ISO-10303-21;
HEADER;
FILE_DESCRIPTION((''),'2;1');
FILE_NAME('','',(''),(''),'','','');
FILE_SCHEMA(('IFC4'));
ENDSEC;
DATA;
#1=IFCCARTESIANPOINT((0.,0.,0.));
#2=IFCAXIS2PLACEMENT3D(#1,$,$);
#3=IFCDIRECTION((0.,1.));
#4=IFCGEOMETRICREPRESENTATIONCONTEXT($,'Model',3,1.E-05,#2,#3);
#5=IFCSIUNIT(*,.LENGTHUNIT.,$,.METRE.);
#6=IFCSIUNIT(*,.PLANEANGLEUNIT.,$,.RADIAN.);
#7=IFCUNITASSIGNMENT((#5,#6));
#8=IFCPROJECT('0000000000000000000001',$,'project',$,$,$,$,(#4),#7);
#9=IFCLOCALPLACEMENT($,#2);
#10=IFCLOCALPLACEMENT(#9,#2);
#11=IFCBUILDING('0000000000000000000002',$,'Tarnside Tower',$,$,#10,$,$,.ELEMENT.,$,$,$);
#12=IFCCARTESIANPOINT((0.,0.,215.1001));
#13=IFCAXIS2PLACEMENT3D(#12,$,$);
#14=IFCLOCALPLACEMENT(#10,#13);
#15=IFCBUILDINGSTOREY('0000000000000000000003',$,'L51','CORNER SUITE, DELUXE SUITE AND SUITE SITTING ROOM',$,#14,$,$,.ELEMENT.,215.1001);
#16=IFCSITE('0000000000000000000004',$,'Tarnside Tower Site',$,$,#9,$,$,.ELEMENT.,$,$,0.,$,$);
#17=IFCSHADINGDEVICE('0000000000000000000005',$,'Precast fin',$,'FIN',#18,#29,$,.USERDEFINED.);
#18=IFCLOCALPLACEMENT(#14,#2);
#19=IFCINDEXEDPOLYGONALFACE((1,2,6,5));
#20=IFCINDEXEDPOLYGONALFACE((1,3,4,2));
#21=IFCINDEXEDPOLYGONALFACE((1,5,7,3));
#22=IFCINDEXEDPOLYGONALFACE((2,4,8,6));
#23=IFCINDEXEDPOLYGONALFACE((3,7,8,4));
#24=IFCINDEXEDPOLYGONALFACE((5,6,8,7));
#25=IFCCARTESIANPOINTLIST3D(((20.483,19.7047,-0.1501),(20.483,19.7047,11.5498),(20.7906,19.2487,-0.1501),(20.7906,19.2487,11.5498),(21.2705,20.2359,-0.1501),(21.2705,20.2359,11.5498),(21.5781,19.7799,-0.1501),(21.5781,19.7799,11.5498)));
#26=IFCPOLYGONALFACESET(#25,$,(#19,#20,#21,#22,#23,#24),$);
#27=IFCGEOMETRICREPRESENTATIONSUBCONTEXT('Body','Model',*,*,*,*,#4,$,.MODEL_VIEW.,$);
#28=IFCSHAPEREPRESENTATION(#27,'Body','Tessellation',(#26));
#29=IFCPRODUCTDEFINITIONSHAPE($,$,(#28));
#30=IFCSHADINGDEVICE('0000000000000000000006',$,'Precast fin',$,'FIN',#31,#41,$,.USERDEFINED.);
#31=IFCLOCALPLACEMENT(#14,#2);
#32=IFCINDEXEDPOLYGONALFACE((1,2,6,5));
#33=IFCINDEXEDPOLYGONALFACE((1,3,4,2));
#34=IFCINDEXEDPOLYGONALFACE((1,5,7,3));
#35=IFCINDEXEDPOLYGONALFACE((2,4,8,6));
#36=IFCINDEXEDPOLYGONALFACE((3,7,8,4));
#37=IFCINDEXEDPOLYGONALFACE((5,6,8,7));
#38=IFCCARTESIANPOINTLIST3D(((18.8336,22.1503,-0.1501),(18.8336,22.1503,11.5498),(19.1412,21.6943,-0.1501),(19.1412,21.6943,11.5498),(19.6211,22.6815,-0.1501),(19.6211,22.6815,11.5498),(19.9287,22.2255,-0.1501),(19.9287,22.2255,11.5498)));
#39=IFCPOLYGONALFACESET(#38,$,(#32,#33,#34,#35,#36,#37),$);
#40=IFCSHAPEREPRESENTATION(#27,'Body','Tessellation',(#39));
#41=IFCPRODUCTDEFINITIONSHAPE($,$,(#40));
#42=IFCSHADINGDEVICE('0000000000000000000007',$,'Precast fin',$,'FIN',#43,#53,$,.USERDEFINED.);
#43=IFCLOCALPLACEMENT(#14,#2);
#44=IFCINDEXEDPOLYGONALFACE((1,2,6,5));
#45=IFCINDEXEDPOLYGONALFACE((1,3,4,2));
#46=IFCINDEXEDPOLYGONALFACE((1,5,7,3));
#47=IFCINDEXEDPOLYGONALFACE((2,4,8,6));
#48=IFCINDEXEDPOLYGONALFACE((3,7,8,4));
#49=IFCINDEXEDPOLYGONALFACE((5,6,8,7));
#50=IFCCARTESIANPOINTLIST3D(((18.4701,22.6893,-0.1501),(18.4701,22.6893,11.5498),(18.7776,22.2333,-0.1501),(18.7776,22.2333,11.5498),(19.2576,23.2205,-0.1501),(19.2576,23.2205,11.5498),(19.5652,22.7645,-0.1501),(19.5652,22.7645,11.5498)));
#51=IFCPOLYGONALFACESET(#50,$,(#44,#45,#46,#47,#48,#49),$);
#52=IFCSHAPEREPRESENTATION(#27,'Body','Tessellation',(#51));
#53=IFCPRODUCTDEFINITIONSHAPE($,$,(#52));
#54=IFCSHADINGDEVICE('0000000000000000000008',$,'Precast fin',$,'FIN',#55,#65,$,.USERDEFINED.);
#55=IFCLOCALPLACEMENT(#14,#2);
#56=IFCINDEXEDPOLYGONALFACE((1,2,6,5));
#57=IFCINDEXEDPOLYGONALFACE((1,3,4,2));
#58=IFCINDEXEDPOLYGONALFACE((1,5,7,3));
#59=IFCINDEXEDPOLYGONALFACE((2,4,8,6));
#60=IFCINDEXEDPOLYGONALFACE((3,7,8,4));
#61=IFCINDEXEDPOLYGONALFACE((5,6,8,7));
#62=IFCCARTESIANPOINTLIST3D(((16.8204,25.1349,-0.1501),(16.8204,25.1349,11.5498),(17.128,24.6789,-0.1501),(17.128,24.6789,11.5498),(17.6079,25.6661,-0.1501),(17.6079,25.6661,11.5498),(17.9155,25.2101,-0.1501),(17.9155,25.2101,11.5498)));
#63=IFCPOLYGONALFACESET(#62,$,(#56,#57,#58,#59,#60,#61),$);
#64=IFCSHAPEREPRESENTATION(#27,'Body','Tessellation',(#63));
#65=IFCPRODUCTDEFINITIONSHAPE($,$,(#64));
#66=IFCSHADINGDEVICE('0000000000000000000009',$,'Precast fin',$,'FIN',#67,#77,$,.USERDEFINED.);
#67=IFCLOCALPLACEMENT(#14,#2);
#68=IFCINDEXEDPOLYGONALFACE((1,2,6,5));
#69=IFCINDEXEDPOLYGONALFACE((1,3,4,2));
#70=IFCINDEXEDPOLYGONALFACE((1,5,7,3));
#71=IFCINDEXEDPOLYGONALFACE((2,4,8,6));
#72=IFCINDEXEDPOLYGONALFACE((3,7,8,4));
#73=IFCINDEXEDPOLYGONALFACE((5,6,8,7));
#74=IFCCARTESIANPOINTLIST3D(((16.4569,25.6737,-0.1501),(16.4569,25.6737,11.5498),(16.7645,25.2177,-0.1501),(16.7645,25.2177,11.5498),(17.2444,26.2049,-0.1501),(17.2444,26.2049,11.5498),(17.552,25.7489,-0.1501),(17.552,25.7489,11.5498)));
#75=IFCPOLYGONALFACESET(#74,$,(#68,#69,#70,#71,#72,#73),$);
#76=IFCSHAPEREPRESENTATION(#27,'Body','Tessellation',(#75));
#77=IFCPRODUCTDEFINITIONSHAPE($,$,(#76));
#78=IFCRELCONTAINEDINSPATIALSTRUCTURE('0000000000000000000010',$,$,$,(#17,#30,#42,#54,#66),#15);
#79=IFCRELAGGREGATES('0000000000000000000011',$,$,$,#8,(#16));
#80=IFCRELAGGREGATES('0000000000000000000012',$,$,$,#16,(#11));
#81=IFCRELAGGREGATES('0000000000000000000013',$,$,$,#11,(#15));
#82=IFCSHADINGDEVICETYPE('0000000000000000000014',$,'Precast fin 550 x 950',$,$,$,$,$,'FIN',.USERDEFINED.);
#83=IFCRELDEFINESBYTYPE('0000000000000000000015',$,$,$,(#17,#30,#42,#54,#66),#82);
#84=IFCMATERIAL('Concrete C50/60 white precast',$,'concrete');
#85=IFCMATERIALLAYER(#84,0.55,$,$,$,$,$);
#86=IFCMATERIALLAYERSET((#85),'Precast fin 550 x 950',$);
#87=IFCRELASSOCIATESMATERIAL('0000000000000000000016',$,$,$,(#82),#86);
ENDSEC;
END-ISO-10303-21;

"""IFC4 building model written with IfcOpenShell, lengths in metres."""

from ifc_helpers import new_model, si_unit, direction, frame, origin, place, context, subcontext, project, spatial, polyline, outline, extrude, material, layer, layer_set, type_object, element, save


model = new_model("IFC4")

# Units and contexts
model_context = context("Model", 3, precision=1e-05, world=origin(), true_north=direction((0.0, 1.0)))
body_context = subcontext(model_context, "Body", "Model", "MODEL_VIEW")
ifc_project = project(units=[si_unit("LENGTHUNIT", "METRE"), si_unit("PLANEANGLEUNIT", "RADIAN")], contexts=[model_context])

# Site, building, storey
site_placement = place(None, origin())
site = spatial("IfcSite", under=ifc_project, at=site_placement, Name="Tarnside Tower Site", CompositionType="ELEMENT", RefElevation=0.0)
building_placement = place(site_placement, origin())
building = spatial("IfcBuilding", under=site, at=building_placement, Name="Tarnside Tower", CompositionType="ELEMENT")
storey_placement = place(building_placement, frame((0.0, 0.0, 215.1001)))
storey = spatial("IfcBuildingStorey", under=building, at=storey_placement, Name="L51", Description="CORNER SUITE, DELUXE SUITE AND SUITE SITTING ROOM", CompositionType="ELEMENT", Elevation=215.1001)

# Shading devices
ifc_material_1 = material(Name="Concrete C50/60 white precast", Category="concrete")
ifc_layer_1 = layer(ifc_material_1, 0.55)
ifc_layer_set_1 = layer_set([ifc_layer_1], Name="Precast fin 550 x 950")
shading_device_type_1 = type_object("IfcShadingDeviceType", Name="Precast fin 550 x 950", ElementType="FIN", PredefinedType="USERDEFINED", material=ifc_layer_set_1)
for number, where, z_axis, x_axis, name in (
    (1, (20.6367, 19.4768, -0.1501), (0.559193, -0.829038, 0.0), (0.829038, 0.559193, 0.0), "Precast fin"),
    (2, (18.9873, 21.9224, -0.1501), (0.559193, -0.829038, 0.0), (0.829038, 0.559193, 0.0), "Precast fin"),
    (3, (18.6238, 22.4614, -0.1501), (0.559193, -0.829038, 0.0), (0.829038, 0.559193, 0.0), "Precast fin"),
    (4, (16.9741, 24.907, -0.1501), (0.559193, -0.829038, 0.0), (0.829038, 0.559193, 0.0), "Precast fin"),
    (5, (16.6106, 25.4458, -0.1501), (0.559193, -0.829038, 0.0), (0.829038, 0.559193, 0.0), "Precast fin"),
):
    element("IfcShadingDevice", number, at=place(storey_placement, frame(where, z_axis=z_axis, x_axis=x_axis)), inside=storey, type_object=shading_device_type_1, Name=name, ObjectType="FIN", PredefinedType="USERDEFINED", context=body_context, shape_type="SweptSolid", body=[
        extrude(outline(polyline([(0.0, 0.0), (0.95, 0.0), (0.95, 11.7), (0.0, 11.7), (0.0, 0.0)])), frame((0.0, 0.0, -0.2749)), (0.0, 0.0, 1.0), 0.55),
    ])

save(model, "model.ifc")
